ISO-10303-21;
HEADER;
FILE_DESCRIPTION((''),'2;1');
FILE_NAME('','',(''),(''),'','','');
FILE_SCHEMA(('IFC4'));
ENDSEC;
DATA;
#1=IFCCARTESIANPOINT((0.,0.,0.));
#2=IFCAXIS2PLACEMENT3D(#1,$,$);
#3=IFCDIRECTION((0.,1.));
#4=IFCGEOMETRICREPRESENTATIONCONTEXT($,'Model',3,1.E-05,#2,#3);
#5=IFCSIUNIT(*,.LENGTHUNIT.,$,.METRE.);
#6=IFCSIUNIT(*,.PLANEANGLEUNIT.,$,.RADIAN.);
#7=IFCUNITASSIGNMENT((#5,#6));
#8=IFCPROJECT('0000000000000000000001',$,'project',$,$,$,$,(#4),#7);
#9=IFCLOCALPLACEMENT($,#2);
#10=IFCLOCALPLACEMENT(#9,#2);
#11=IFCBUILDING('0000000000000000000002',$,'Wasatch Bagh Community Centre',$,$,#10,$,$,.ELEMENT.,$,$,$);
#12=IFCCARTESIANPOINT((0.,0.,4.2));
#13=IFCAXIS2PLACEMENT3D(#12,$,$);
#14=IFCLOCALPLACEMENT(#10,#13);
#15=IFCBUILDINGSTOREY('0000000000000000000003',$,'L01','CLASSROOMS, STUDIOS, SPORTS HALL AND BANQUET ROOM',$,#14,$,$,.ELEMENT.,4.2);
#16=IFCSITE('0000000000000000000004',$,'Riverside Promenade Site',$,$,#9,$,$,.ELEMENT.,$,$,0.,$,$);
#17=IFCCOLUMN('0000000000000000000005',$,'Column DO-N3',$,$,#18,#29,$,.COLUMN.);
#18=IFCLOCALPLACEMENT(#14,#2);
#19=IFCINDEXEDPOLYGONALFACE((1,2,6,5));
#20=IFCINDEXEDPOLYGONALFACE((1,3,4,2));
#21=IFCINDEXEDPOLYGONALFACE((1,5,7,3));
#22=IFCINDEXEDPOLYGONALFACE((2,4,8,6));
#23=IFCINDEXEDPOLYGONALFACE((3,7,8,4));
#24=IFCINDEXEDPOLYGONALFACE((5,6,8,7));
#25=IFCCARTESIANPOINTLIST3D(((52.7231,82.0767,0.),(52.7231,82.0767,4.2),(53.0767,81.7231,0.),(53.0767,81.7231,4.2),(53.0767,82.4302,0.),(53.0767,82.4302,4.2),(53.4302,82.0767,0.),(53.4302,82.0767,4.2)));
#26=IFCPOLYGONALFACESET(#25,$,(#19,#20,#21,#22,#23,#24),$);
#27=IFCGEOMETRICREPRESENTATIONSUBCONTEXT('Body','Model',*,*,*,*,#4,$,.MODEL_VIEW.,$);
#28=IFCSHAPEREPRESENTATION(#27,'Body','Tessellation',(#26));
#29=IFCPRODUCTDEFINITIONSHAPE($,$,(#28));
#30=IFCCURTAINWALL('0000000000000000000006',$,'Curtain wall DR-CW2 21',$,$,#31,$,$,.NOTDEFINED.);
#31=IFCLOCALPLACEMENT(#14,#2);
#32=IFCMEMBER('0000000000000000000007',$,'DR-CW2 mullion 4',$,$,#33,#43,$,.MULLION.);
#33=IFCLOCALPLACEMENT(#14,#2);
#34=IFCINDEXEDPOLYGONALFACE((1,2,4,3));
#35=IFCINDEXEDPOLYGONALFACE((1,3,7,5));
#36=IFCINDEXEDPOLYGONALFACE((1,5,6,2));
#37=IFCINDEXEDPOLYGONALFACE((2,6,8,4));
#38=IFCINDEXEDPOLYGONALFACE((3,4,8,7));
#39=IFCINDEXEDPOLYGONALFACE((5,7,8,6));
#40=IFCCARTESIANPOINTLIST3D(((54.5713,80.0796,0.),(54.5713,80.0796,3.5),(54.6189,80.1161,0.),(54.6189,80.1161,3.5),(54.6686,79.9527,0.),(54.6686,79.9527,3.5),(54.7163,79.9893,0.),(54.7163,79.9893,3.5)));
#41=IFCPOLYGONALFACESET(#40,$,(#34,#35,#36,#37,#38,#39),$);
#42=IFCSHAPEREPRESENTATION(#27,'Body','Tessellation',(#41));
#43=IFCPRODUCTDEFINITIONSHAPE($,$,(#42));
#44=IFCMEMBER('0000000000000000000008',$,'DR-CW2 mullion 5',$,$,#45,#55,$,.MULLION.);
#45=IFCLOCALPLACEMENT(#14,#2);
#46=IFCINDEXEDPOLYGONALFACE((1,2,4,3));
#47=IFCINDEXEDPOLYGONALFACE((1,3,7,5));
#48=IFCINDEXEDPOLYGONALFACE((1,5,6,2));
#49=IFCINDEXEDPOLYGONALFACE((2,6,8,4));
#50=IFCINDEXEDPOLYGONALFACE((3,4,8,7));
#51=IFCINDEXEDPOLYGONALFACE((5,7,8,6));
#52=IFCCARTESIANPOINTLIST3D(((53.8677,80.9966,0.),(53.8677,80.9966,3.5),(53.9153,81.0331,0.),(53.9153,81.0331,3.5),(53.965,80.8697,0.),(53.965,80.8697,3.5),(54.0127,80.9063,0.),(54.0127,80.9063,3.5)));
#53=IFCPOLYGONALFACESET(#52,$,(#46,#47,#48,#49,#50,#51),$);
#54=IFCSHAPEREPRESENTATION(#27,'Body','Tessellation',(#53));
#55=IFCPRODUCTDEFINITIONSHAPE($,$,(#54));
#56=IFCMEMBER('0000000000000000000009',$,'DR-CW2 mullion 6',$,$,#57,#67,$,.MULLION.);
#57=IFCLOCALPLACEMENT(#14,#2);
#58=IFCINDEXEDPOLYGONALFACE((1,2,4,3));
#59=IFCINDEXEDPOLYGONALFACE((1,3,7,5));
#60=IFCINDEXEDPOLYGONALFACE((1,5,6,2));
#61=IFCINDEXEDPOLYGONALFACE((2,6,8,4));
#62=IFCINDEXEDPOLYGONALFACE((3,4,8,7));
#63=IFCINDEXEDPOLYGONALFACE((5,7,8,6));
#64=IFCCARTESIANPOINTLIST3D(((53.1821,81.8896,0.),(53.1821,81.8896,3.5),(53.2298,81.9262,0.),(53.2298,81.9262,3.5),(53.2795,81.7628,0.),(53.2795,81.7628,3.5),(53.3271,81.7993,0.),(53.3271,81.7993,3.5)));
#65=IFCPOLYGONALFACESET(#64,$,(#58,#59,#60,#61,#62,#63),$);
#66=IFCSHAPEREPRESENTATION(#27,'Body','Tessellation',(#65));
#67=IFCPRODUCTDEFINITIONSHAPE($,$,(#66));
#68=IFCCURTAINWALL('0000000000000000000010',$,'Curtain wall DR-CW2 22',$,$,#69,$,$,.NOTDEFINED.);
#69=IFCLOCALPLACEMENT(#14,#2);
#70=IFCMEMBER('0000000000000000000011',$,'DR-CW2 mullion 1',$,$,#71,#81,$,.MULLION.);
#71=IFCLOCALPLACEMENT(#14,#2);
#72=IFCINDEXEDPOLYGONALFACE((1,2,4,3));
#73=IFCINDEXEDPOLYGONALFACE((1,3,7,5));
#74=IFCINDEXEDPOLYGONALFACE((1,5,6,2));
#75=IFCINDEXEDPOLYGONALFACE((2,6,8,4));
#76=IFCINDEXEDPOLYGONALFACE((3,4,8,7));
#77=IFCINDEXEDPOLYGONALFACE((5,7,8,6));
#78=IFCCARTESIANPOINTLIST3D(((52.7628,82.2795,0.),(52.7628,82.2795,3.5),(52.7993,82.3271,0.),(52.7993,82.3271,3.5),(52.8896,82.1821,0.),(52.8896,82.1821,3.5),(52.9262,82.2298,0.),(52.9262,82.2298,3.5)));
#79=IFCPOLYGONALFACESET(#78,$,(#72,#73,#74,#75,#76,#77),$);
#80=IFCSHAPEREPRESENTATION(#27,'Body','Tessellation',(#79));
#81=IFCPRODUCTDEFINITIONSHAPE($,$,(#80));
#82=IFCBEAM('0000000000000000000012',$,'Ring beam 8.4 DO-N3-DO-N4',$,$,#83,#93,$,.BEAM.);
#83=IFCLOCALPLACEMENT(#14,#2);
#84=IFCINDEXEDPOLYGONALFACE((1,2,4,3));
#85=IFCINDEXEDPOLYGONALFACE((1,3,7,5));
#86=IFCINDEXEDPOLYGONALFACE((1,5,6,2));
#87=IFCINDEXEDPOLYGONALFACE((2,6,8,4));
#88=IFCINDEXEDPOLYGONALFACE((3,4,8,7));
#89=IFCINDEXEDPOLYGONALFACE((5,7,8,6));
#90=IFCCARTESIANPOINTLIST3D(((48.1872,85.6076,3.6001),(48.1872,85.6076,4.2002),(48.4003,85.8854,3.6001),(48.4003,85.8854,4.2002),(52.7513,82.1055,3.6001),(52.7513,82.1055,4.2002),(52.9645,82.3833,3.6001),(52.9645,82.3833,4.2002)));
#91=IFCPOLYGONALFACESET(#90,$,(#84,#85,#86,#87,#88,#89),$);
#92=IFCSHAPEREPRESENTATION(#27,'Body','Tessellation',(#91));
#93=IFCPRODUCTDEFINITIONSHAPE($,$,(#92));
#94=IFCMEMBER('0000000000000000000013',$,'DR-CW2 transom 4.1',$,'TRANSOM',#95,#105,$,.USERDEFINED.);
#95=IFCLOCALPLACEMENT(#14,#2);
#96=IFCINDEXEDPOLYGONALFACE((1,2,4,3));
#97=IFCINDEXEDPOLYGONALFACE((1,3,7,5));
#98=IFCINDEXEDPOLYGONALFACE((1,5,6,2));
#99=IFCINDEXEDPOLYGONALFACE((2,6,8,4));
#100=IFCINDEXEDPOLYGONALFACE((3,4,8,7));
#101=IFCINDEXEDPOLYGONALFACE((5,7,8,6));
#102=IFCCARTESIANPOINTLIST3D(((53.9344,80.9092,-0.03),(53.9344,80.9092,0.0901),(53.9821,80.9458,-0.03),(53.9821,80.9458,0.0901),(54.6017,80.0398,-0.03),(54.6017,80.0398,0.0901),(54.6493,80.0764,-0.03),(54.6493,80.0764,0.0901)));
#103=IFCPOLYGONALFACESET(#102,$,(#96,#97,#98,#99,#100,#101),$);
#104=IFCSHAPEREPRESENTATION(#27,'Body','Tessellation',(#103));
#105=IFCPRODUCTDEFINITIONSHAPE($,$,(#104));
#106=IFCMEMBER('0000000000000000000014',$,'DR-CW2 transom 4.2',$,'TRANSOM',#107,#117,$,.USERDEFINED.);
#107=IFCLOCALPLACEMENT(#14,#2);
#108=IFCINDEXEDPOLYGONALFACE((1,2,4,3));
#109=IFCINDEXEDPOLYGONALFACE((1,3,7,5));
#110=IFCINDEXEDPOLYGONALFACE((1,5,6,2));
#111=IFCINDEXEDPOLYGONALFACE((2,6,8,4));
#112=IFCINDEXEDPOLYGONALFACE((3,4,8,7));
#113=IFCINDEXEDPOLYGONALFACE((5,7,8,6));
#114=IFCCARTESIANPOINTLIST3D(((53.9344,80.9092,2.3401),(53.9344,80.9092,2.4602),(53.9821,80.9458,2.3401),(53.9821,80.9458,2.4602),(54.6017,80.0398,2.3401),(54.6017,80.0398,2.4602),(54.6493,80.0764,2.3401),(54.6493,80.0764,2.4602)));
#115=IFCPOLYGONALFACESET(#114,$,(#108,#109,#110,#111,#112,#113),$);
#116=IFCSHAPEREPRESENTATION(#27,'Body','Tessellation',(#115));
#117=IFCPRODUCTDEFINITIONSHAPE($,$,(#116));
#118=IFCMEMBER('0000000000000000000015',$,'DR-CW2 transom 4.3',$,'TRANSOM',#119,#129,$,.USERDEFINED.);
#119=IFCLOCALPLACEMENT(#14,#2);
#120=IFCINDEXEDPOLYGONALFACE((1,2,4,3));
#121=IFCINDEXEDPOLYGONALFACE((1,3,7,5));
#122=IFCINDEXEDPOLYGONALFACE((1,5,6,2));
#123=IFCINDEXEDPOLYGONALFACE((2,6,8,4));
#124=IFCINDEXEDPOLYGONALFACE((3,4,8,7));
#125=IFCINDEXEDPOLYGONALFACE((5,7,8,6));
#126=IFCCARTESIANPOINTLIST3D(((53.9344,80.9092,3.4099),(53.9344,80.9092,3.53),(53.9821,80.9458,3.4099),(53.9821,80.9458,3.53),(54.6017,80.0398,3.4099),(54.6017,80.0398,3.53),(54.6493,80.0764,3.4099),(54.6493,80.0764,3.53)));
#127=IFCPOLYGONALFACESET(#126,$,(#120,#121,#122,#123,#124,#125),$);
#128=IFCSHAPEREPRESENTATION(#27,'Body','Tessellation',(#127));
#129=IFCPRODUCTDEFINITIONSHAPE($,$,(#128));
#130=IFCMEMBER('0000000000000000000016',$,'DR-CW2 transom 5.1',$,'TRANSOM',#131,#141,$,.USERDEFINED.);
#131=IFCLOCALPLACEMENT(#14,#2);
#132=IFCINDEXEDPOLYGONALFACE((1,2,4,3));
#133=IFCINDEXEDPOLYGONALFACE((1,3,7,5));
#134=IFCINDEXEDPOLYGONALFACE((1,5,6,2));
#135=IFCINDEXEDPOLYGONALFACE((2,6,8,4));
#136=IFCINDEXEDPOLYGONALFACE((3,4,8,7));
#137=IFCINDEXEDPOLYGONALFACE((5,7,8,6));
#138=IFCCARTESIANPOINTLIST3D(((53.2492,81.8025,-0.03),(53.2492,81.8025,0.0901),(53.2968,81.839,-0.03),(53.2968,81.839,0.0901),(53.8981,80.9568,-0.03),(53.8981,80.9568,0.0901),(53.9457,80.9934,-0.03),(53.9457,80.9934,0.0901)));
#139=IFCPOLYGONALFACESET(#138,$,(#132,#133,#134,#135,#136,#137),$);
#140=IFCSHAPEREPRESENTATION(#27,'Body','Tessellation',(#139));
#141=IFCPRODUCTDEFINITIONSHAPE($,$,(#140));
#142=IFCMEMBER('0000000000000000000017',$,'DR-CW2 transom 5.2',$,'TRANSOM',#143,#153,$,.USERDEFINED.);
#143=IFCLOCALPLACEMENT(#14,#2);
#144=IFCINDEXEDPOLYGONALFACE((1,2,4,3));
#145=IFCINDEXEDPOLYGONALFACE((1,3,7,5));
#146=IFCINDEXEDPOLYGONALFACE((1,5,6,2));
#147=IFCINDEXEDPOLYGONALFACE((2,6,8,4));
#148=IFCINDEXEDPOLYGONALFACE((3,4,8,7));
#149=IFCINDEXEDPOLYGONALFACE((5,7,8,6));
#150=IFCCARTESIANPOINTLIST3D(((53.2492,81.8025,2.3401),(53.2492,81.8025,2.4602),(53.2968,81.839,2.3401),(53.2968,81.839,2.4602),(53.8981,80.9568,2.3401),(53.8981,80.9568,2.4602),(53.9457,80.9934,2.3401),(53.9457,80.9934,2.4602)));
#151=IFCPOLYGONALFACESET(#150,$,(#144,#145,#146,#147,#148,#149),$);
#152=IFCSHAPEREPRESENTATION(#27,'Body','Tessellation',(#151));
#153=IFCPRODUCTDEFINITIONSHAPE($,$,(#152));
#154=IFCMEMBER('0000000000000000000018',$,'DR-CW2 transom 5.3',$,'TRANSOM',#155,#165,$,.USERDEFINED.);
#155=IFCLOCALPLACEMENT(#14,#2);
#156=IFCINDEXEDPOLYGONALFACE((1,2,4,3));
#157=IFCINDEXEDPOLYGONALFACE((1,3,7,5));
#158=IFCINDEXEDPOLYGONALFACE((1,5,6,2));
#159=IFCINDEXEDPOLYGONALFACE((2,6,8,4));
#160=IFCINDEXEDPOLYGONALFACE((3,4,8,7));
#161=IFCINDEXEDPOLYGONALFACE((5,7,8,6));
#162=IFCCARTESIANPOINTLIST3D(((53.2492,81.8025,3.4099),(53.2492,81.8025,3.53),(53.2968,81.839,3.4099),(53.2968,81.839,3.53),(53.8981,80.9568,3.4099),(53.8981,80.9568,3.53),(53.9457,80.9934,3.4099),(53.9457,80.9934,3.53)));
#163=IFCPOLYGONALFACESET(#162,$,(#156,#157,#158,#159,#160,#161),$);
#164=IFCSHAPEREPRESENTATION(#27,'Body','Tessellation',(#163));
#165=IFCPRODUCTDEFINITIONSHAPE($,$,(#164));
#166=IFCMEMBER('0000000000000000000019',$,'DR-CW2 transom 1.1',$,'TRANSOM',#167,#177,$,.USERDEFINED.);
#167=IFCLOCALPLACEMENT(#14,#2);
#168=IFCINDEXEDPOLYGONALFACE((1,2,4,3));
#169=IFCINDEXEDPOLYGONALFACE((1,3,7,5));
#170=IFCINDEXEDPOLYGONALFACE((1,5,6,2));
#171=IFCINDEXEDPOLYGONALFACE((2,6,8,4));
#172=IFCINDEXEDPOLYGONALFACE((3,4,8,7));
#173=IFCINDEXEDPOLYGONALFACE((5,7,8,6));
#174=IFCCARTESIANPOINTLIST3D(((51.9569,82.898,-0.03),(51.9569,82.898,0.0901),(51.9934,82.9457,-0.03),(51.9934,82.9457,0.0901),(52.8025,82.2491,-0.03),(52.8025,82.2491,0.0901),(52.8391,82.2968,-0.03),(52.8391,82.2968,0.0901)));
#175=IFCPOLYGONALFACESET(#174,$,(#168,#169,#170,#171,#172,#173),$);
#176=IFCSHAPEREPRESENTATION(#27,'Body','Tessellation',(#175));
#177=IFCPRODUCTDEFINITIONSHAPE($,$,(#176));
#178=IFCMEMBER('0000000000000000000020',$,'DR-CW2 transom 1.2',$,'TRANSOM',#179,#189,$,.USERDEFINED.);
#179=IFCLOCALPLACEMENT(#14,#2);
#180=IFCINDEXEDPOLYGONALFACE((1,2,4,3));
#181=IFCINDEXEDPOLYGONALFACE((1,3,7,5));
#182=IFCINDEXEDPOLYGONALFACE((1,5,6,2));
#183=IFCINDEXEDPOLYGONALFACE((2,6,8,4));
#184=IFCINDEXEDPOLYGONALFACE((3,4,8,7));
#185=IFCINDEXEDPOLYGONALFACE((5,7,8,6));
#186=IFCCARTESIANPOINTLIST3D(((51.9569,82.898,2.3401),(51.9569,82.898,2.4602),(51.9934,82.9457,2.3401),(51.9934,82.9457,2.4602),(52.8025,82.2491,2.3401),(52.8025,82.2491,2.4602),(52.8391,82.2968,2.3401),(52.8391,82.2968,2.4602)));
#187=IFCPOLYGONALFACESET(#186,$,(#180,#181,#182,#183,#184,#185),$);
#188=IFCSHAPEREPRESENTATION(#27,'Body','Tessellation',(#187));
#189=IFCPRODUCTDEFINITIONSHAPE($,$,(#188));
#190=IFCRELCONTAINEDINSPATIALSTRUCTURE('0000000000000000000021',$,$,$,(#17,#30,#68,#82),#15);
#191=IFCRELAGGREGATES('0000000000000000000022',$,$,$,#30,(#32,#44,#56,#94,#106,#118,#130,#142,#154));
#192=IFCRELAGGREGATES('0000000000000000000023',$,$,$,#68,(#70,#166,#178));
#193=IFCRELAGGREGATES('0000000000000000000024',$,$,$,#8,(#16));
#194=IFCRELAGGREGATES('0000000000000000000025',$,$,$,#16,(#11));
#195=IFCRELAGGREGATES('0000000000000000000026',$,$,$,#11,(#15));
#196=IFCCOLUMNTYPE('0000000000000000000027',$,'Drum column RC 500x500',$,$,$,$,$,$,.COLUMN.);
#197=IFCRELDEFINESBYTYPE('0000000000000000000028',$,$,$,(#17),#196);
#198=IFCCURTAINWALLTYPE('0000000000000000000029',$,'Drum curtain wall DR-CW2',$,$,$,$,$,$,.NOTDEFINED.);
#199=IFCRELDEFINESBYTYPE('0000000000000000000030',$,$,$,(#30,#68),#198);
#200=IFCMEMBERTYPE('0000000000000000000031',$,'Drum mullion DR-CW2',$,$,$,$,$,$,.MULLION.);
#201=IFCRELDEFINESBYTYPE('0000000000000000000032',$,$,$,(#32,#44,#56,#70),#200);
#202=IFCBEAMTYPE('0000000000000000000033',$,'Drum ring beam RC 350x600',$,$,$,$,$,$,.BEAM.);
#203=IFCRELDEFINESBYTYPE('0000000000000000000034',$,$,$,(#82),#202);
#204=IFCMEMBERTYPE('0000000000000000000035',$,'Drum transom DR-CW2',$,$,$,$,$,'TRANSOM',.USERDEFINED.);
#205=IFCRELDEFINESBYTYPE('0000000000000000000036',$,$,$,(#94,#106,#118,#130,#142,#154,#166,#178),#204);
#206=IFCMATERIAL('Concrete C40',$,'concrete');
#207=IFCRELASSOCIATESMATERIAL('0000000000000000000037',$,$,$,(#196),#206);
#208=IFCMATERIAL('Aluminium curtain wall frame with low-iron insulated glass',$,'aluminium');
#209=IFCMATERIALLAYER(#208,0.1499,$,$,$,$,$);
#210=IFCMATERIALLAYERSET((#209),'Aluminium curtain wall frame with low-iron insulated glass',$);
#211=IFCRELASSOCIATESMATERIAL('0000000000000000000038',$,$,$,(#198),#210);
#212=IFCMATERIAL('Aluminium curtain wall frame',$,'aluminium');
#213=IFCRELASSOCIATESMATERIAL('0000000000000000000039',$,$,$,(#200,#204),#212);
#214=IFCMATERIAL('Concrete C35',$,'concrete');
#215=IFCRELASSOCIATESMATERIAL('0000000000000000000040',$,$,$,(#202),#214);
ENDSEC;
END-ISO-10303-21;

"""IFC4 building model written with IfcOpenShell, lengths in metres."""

from ifc_helpers import new_model, si_unit, direction, frame, origin, origin_2d, place, context, subcontext, project, spatial, rectangle, extrude, material, layer, layer_set, material_profile, profile_set, type_object, element, aggregate, save


model = new_model("IFC4")

# Units and contexts
model_context = context("Model", 3, precision=1e-05, world=origin(), true_north=direction((0.0, 1.0)))
body_context = subcontext(model_context, "Body", "Model", "MODEL_VIEW")
ifc_project = project(units=[si_unit("LENGTHUNIT", "METRE"), si_unit("PLANEANGLEUNIT", "RADIAN")], contexts=[model_context])

# Site, building, storey
site_placement = place(None, origin())
site = spatial("IfcSite", under=ifc_project, at=site_placement, Name="Riverside Promenade Site", CompositionType="ELEMENT", RefElevation=0.0)
building_placement = place(site_placement, origin())
building = spatial("IfcBuilding", under=site, at=building_placement, Name="Wasatch Bagh Community Centre", CompositionType="ELEMENT")
storey_placement = place(building_placement, frame((0.0, 0.0, 4.2)))
storey = spatial("IfcBuildingStorey", under=building, at=storey_placement, Name="L01", Description="CLASSROOMS, STUDIOS, SPORTS HALL AND BANQUET ROOM", CompositionType="ELEMENT", Elevation=4.2)

# Column
ifc_material_1 = material(Name="Concrete C40", Category="concrete")
ifc_material_profile_1 = material_profile(ifc_material_1, rectangle(XDim=0.5, YDim=0.5, at=origin_2d()), Name="RC 500x500")
ifc_profile_set_1 = profile_set([ifc_material_profile_1], Name="Concrete C40")
column_type = type_object("IfcColumnType", Name="Drum column RC 500x500", PredefinedType="COLUMN", material=ifc_profile_set_1)
column_placement = place(storey_placement, frame((53.0767, 82.0767, 0.0), z_axis=(0.0, 0.0, 1.0), x_axis=(0.707107, 0.707107, 0.0)))
element("IfcColumn", 1, at=column_placement, inside=storey, type_object=column_type, Name="Column DO-N3", PredefinedType="COLUMN", context=body_context, shape_type="SweptSolid", body=[
    extrude(rectangle(XDim=0.5, YDim=0.5, at=origin_2d()), origin(), (0.0, 0.0, 1.0), 4.2),
])

# Curtain wall, members
ifc_material_2 = material(Name="Aluminium curtain wall frame with low-iron insulated glass", Category="aluminium")
ifc_layer_1 = layer(ifc_material_2, 0.1499)
ifc_layer_set_1 = layer_set([ifc_layer_1], Name="Aluminium curtain wall frame with low-iron insulated glass")
curtain_wall_type = type_object("IfcCurtainWallType", Name="Drum curtain wall DR-CW2", PredefinedType="NOTDEFINED", material=ifc_layer_set_1)
curtain_wall_1_placement = place(storey_placement, origin())
curtain_wall_1 = element("IfcCurtainWall", 2, at=curtain_wall_1_placement, inside=storey, type_object=curtain_wall_type, Name="Curtain wall DR-CW2 21", PredefinedType="NOTDEFINED")
ifc_material_3 = material(Name="Aluminium curtain wall frame", Category="aluminium")
ifc_material_profile_2 = material_profile(ifc_material_3, rectangle(XDim=0.0601, YDim=0.1599, at=origin_2d()), Name="Drum mullion DR-CW2")
ifc_profile_set_2 = profile_set([ifc_material_profile_2], Name="Aluminium curtain wall frame")
member_type_1 = type_object("IfcMemberType", Name="Drum mullion DR-CW2", PredefinedType="MULLION", material=ifc_profile_set_2)
member_1_placement = place(storey_placement, frame((54.6438, 80.0344, 0.0), z_axis=(0.0, 0.0, 1.0), x_axis=(-0.793353, -0.608761, 0.0)))
member_1 = element("IfcMember", 3, at=member_1_placement, type_object=member_type_1, Name="DR-CW2 mullion 4", PredefinedType="MULLION", context=body_context, shape_type="SweptSolid", body=[
    extrude(rectangle(XDim=0.0601, YDim=0.1599, at=origin_2d()), origin(), (0.0, 0.0, 1.0), 3.5),
])
member_2_placement = place(storey_placement, frame((53.9402, 80.9514, 0.0), z_axis=(0.0, 0.0, 1.0), x_axis=(-0.793353, -0.608761, 0.0)))
member_2 = element("IfcMember", 4, at=member_2_placement, type_object=member_type_1, Name="DR-CW2 mullion 5", PredefinedType="MULLION", context=body_context, shape_type="SweptSolid", body=[
    extrude(rectangle(XDim=0.0601, YDim=0.1599, at=origin_2d()), origin(), (0.0, 0.0, 1.0), 3.5),
])
member_3_placement = place(storey_placement, frame((53.2546, 81.8445, 0.0), z_axis=(0.0, 0.0, 1.0), x_axis=(-0.793353, -0.608761, 0.0)))
member_3 = element("IfcMember", 5, at=member_3_placement, type_object=member_type_1, Name="DR-CW2 mullion 6", PredefinedType="MULLION", context=body_context, shape_type="SweptSolid", body=[
    extrude(rectangle(XDim=0.0601, YDim=0.1599, at=origin_2d()), origin(), (0.0, 0.0, 1.0), 3.5),
])

# Curtain wall, member
curtain_wall_2_placement = place(storey_placement, origin())
curtain_wall_2 = element("IfcCurtainWall", 6, at=curtain_wall_2_placement, inside=storey, type_object=curtain_wall_type, Name="Curtain wall DR-CW2 22", PredefinedType="NOTDEFINED")
member_4_placement = place(storey_placement, frame((52.8445, 82.2546, 0.0), z_axis=(0.0, 0.0, 1.0), x_axis=(-0.608761, -0.793353, 0.0)))
member_4 = element("IfcMember", 7, at=member_4_placement, type_object=member_type_1, Name="DR-CW2 mullion 1", PredefinedType="MULLION", context=body_context, shape_type="SweptSolid", body=[
    extrude(rectangle(XDim=0.0601, YDim=0.1599, at=origin_2d()), origin(), (0.0, 0.0, 1.0), 3.5),
])

# Beam
ifc_material_4 = material(Name="Concrete C35", Category="concrete")
ifc_material_profile_3 = material_profile(ifc_material_4, rectangle(XDim=0.3501, YDim=0.6001, at=origin_2d()), Name="RC 350x600")
ifc_profile_set_3 = profile_set([ifc_material_profile_3], Name="Concrete C35")
beam_type = type_object("IfcBeamType", Name="Drum ring beam RC 350x600", PredefinedType="BEAM", material=ifc_profile_set_3)
beam_placement = place(storey_placement, frame((52.8579, 82.2444, 3.9001), z_axis=(-0.793357, 0.608757, 0.0), x_axis=(-0.608757, -0.793357, 0.0)))
element("IfcBeam", 8, at=beam_placement, inside=storey, type_object=beam_type, Name="Ring beam 8.4 DO-N3-DO-N4", PredefinedType="BEAM", context=body_context, shape_type="SweptSolid", body=[
    extrude(rectangle(XDim=0.3501, YDim=0.6001, at=origin_2d()), origin(), (0.0, 0.0, 1.0), 5.7529),
])

# Members
ifc_material_profile_4 = material_profile(ifc_material_3, rectangle(XDim=0.0601, YDim=0.1201, at=origin_2d()), Name="Drum transom DR-CW2")
ifc_profile_set_4 = profile_set([ifc_material_profile_4], Name="Aluminium curtain wall frame")
member_type_2 = type_object("IfcMemberType", Name="Drum transom DR-CW2", ElementType="TRANSOM", PredefinedType="USERDEFINED", material=ifc_profile_set_4)
member_5_placement = place(storey_placement, frame((54.6255, 80.0581, 0.03), z_axis=(-0.608838, 0.793294, 0.0), x_axis=(-0.793294, -0.608838, 0.0)))
member_5 = element("IfcMember", 9, at=member_5_placement, type_object=member_type_2, Name="DR-CW2 transom 4.1", ObjectType="TRANSOM", PredefinedType="USERDEFINED", context=body_context, shape_type="SweptSolid", body=[
    extrude(rectangle(XDim=0.0601, YDim=0.1201, at=origin_2d()), origin(), (0.0, 0.0, 1.0), 1.0959),
])
member_6_placement = place(storey_placement, frame((54.6255, 80.0581, 2.4001), z_axis=(-0.608838, 0.793294, 0.0), x_axis=(-0.793294, -0.608838, 0.0)))
member_6 = element("IfcMember", 10, at=member_6_placement, type_object=member_type_2, Name="DR-CW2 transom 4.2", ObjectType="TRANSOM", PredefinedType="USERDEFINED", context=body_context, shape_type="SweptSolid", body=[
    extrude(rectangle(XDim=0.0601, YDim=0.1201, at=origin_2d()), origin(), (0.0, 0.0, 1.0), 1.0959),
])
member_7_placement = place(storey_placement, frame((54.6255, 80.0581, 3.47), z_axis=(-0.608838, 0.793294, 0.0), x_axis=(-0.793294, -0.608838, 0.0)))
member_7 = element("IfcMember", 11, at=member_7_placement, type_object=member_type_2, Name="DR-CW2 transom 4.3", ObjectType="TRANSOM", PredefinedType="USERDEFINED", context=body_context, shape_type="SweptSolid", body=[
    extrude(rectangle(XDim=0.0601, YDim=0.1201, at=origin_2d()), origin(), (0.0, 0.0, 1.0), 1.0959),
])
member_8_placement = place(storey_placement, frame((53.9219, 80.9751, 0.03), z_axis=(-0.608758, 0.793356, 0.0), x_axis=(-0.793356, -0.608758, 0.0)))
member_8 = element("IfcMember", 12, at=member_8_placement, type_object=member_type_2, Name="DR-CW2 transom 5.1", ObjectType="TRANSOM", PredefinedType="USERDEFINED", context=body_context, shape_type="SweptSolid", body=[
    extrude(rectangle(XDim=0.0601, YDim=0.1201, at=origin_2d()), origin(), (0.0, 0.0, 1.0), 1.0659),
])
member_9_placement = place(storey_placement, frame((53.9219, 80.9751, 2.4001), z_axis=(-0.608758, 0.793356, 0.0), x_axis=(-0.793356, -0.608758, 0.0)))
member_9 = element("IfcMember", 13, at=member_9_placement, type_object=member_type_2, Name="DR-CW2 transom 5.2", ObjectType="TRANSOM", PredefinedType="USERDEFINED", context=body_context, shape_type="SweptSolid", body=[
    extrude(rectangle(XDim=0.0601, YDim=0.1201, at=origin_2d()), origin(), (0.0, 0.0, 1.0), 1.0659),
])
member_10_placement = place(storey_placement, frame((53.9219, 80.9751, 3.47), z_axis=(-0.608758, 0.793356, 0.0), x_axis=(-0.793356, -0.608758, 0.0)))
member_10 = element("IfcMember", 14, at=member_10_placement, type_object=member_type_2, Name="DR-CW2 transom 5.3", ObjectType="TRANSOM", PredefinedType="USERDEFINED", context=body_context, shape_type="SweptSolid", body=[
    extrude(rectangle(XDim=0.0601, YDim=0.1201, at=origin_2d()), origin(), (0.0, 0.0, 1.0), 1.0659),
])
member_11_placement = place(storey_placement, frame((52.8208, 82.2729, 0.03), z_axis=(-0.793356, 0.608758, 0.0), x_axis=(-0.608758, -0.793356, 0.0)))
member_11 = element("IfcMember", 15, at=member_11_placement, type_object=member_type_2, Name="DR-CW2 transom 1.1", ObjectType="TRANSOM", PredefinedType="USERDEFINED", context=body_context, shape_type="SweptSolid", body=[
    extrude(rectangle(XDim=0.0601, YDim=0.1201, at=origin_2d()), origin(), (0.0, 0.0, 1.0), 1.0659),
])
member_12_placement = place(storey_placement, frame((52.8208, 82.2729, 2.4001), z_axis=(-0.793356, 0.608758, 0.0), x_axis=(-0.608758, -0.793356, 0.0)))
member_12 = element("IfcMember", 16, at=member_12_placement, type_object=member_type_2, Name="DR-CW2 transom 1.2", ObjectType="TRANSOM", PredefinedType="USERDEFINED", context=body_context, shape_type="SweptSolid", body=[
    extrude(rectangle(XDim=0.0601, YDim=0.1201, at=origin_2d()), origin(), (0.0, 0.0, 1.0), 1.0659),
])

aggregate(curtain_wall_1, [member_1, member_2, member_3, member_5, member_6, member_7, member_8, member_9, member_10])
aggregate(curtain_wall_2, [member_4, member_11, member_12])

save(model, "model.ifc")
